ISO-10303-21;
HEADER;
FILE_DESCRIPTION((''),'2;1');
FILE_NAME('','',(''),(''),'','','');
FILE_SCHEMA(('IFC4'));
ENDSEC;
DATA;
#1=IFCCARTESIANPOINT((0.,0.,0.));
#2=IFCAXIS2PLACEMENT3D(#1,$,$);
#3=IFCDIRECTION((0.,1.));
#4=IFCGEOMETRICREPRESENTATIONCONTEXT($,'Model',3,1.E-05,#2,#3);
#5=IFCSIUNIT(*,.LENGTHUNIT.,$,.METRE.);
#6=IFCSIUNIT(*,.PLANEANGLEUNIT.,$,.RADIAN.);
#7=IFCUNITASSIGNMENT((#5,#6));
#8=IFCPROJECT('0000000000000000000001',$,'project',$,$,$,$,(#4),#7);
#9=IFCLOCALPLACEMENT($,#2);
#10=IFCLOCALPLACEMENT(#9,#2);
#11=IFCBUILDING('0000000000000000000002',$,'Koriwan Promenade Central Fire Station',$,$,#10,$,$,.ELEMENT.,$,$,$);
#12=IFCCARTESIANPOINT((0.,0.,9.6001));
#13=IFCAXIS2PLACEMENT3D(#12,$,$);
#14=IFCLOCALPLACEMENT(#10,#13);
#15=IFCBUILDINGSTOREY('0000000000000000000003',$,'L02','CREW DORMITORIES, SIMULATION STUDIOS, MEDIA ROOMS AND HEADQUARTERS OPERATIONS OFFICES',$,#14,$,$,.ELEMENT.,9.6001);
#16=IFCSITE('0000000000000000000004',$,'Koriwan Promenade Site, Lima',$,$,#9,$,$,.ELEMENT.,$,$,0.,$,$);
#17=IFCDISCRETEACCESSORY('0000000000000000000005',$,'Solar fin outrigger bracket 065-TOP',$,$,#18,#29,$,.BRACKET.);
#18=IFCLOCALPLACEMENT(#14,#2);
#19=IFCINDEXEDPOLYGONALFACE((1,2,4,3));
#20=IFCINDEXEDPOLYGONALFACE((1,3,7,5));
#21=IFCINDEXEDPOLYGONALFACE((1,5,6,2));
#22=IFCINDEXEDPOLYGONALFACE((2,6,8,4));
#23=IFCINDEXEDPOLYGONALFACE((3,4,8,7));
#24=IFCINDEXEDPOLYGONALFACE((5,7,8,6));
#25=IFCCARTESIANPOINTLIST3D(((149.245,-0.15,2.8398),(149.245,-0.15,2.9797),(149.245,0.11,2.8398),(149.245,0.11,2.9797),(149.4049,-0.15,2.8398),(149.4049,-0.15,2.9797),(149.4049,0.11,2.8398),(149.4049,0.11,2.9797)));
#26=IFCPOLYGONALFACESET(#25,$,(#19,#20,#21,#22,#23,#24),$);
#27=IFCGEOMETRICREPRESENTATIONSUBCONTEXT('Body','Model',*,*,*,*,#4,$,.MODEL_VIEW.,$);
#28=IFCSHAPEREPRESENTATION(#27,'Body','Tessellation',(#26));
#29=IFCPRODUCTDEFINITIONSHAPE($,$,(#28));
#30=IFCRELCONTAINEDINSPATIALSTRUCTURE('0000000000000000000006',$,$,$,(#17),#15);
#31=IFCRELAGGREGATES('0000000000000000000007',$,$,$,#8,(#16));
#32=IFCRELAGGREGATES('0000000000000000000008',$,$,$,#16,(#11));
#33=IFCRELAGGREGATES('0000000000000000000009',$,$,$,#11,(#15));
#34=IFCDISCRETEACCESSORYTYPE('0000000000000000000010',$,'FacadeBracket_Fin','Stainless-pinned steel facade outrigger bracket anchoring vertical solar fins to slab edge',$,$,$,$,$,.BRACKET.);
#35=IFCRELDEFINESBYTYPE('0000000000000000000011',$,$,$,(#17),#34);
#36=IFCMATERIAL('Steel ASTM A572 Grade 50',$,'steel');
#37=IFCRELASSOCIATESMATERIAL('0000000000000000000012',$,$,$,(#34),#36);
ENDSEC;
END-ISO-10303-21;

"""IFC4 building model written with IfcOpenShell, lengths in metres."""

from ifc_helpers import new_model, si_unit, direction, frame, origin, origin_2d, place, context, subcontext, project, spatial, rectangle, extrude, material, type_object, element, save


model = new_model("IFC4")

# Units and contexts
model_context = context("Model", 3, precision=1e-05, world=origin(), true_north=direction((0.0, 1.0)))
body_context = subcontext(model_context, "Body", "Model", "MODEL_VIEW")
ifc_project = project(units=[si_unit("LENGTHUNIT", "METRE"), si_unit("PLANEANGLEUNIT", "RADIAN")], contexts=[model_context])

# Site, building, storey
site_placement = place(None, origin())
site = spatial("IfcSite", under=ifc_project, at=site_placement, Name="Koriwan Promenade Site, Lima", CompositionType="ELEMENT", RefElevation=0.0)
building_placement = place(site_placement, origin())
building = spatial("IfcBuilding", under=site, at=building_placement, Name="Koriwan Promenade Central Fire Station", CompositionType="ELEMENT")
storey_placement = place(building_placement, frame((0.0, 0.0, 9.6001)))
storey = spatial("IfcBuildingStorey", under=building, at=storey_placement, Name="L02", Description="CREW DORMITORIES, SIMULATION STUDIOS, MEDIA ROOMS AND HEADQUARTERS OPERATIONS OFFICES", CompositionType="ELEMENT", Elevation=9.6001)

# Discrete accessory
ifc_material_1 = material(Name="Steel ASTM A572 Grade 50", Category="steel")
discrete_accessory_type = type_object("IfcDiscreteAccessoryType", Name="FacadeBracket_Fin", Description="Stainless-pinned steel facade outrigger bracket anchoring vertical solar fins to slab edge", PredefinedType="BRACKET", material=ifc_material_1)
for number, where, z_axis, x_axis, name in (
    (1, (149.325, -0.02, 2.8398), (0.0, 0.0, 1.0), (0.0, -1.0, 0.0), "Solar fin outrigger bracket 065-TOP"),
):
    element("IfcDiscreteAccessory", number, at=place(storey_placement, frame(where, z_axis=z_axis, x_axis=x_axis)), inside=storey, type_object=discrete_accessory_type, Name=name, PredefinedType="BRACKET", context=body_context, shape_type="SweptSolid", body=[
        extrude(rectangle(XDim=0.26, YDim=0.1599, at=origin_2d()), origin(), (0.0, 0.0, 1.0), 0.1399),
    ])

save(model, "model.ifc")
